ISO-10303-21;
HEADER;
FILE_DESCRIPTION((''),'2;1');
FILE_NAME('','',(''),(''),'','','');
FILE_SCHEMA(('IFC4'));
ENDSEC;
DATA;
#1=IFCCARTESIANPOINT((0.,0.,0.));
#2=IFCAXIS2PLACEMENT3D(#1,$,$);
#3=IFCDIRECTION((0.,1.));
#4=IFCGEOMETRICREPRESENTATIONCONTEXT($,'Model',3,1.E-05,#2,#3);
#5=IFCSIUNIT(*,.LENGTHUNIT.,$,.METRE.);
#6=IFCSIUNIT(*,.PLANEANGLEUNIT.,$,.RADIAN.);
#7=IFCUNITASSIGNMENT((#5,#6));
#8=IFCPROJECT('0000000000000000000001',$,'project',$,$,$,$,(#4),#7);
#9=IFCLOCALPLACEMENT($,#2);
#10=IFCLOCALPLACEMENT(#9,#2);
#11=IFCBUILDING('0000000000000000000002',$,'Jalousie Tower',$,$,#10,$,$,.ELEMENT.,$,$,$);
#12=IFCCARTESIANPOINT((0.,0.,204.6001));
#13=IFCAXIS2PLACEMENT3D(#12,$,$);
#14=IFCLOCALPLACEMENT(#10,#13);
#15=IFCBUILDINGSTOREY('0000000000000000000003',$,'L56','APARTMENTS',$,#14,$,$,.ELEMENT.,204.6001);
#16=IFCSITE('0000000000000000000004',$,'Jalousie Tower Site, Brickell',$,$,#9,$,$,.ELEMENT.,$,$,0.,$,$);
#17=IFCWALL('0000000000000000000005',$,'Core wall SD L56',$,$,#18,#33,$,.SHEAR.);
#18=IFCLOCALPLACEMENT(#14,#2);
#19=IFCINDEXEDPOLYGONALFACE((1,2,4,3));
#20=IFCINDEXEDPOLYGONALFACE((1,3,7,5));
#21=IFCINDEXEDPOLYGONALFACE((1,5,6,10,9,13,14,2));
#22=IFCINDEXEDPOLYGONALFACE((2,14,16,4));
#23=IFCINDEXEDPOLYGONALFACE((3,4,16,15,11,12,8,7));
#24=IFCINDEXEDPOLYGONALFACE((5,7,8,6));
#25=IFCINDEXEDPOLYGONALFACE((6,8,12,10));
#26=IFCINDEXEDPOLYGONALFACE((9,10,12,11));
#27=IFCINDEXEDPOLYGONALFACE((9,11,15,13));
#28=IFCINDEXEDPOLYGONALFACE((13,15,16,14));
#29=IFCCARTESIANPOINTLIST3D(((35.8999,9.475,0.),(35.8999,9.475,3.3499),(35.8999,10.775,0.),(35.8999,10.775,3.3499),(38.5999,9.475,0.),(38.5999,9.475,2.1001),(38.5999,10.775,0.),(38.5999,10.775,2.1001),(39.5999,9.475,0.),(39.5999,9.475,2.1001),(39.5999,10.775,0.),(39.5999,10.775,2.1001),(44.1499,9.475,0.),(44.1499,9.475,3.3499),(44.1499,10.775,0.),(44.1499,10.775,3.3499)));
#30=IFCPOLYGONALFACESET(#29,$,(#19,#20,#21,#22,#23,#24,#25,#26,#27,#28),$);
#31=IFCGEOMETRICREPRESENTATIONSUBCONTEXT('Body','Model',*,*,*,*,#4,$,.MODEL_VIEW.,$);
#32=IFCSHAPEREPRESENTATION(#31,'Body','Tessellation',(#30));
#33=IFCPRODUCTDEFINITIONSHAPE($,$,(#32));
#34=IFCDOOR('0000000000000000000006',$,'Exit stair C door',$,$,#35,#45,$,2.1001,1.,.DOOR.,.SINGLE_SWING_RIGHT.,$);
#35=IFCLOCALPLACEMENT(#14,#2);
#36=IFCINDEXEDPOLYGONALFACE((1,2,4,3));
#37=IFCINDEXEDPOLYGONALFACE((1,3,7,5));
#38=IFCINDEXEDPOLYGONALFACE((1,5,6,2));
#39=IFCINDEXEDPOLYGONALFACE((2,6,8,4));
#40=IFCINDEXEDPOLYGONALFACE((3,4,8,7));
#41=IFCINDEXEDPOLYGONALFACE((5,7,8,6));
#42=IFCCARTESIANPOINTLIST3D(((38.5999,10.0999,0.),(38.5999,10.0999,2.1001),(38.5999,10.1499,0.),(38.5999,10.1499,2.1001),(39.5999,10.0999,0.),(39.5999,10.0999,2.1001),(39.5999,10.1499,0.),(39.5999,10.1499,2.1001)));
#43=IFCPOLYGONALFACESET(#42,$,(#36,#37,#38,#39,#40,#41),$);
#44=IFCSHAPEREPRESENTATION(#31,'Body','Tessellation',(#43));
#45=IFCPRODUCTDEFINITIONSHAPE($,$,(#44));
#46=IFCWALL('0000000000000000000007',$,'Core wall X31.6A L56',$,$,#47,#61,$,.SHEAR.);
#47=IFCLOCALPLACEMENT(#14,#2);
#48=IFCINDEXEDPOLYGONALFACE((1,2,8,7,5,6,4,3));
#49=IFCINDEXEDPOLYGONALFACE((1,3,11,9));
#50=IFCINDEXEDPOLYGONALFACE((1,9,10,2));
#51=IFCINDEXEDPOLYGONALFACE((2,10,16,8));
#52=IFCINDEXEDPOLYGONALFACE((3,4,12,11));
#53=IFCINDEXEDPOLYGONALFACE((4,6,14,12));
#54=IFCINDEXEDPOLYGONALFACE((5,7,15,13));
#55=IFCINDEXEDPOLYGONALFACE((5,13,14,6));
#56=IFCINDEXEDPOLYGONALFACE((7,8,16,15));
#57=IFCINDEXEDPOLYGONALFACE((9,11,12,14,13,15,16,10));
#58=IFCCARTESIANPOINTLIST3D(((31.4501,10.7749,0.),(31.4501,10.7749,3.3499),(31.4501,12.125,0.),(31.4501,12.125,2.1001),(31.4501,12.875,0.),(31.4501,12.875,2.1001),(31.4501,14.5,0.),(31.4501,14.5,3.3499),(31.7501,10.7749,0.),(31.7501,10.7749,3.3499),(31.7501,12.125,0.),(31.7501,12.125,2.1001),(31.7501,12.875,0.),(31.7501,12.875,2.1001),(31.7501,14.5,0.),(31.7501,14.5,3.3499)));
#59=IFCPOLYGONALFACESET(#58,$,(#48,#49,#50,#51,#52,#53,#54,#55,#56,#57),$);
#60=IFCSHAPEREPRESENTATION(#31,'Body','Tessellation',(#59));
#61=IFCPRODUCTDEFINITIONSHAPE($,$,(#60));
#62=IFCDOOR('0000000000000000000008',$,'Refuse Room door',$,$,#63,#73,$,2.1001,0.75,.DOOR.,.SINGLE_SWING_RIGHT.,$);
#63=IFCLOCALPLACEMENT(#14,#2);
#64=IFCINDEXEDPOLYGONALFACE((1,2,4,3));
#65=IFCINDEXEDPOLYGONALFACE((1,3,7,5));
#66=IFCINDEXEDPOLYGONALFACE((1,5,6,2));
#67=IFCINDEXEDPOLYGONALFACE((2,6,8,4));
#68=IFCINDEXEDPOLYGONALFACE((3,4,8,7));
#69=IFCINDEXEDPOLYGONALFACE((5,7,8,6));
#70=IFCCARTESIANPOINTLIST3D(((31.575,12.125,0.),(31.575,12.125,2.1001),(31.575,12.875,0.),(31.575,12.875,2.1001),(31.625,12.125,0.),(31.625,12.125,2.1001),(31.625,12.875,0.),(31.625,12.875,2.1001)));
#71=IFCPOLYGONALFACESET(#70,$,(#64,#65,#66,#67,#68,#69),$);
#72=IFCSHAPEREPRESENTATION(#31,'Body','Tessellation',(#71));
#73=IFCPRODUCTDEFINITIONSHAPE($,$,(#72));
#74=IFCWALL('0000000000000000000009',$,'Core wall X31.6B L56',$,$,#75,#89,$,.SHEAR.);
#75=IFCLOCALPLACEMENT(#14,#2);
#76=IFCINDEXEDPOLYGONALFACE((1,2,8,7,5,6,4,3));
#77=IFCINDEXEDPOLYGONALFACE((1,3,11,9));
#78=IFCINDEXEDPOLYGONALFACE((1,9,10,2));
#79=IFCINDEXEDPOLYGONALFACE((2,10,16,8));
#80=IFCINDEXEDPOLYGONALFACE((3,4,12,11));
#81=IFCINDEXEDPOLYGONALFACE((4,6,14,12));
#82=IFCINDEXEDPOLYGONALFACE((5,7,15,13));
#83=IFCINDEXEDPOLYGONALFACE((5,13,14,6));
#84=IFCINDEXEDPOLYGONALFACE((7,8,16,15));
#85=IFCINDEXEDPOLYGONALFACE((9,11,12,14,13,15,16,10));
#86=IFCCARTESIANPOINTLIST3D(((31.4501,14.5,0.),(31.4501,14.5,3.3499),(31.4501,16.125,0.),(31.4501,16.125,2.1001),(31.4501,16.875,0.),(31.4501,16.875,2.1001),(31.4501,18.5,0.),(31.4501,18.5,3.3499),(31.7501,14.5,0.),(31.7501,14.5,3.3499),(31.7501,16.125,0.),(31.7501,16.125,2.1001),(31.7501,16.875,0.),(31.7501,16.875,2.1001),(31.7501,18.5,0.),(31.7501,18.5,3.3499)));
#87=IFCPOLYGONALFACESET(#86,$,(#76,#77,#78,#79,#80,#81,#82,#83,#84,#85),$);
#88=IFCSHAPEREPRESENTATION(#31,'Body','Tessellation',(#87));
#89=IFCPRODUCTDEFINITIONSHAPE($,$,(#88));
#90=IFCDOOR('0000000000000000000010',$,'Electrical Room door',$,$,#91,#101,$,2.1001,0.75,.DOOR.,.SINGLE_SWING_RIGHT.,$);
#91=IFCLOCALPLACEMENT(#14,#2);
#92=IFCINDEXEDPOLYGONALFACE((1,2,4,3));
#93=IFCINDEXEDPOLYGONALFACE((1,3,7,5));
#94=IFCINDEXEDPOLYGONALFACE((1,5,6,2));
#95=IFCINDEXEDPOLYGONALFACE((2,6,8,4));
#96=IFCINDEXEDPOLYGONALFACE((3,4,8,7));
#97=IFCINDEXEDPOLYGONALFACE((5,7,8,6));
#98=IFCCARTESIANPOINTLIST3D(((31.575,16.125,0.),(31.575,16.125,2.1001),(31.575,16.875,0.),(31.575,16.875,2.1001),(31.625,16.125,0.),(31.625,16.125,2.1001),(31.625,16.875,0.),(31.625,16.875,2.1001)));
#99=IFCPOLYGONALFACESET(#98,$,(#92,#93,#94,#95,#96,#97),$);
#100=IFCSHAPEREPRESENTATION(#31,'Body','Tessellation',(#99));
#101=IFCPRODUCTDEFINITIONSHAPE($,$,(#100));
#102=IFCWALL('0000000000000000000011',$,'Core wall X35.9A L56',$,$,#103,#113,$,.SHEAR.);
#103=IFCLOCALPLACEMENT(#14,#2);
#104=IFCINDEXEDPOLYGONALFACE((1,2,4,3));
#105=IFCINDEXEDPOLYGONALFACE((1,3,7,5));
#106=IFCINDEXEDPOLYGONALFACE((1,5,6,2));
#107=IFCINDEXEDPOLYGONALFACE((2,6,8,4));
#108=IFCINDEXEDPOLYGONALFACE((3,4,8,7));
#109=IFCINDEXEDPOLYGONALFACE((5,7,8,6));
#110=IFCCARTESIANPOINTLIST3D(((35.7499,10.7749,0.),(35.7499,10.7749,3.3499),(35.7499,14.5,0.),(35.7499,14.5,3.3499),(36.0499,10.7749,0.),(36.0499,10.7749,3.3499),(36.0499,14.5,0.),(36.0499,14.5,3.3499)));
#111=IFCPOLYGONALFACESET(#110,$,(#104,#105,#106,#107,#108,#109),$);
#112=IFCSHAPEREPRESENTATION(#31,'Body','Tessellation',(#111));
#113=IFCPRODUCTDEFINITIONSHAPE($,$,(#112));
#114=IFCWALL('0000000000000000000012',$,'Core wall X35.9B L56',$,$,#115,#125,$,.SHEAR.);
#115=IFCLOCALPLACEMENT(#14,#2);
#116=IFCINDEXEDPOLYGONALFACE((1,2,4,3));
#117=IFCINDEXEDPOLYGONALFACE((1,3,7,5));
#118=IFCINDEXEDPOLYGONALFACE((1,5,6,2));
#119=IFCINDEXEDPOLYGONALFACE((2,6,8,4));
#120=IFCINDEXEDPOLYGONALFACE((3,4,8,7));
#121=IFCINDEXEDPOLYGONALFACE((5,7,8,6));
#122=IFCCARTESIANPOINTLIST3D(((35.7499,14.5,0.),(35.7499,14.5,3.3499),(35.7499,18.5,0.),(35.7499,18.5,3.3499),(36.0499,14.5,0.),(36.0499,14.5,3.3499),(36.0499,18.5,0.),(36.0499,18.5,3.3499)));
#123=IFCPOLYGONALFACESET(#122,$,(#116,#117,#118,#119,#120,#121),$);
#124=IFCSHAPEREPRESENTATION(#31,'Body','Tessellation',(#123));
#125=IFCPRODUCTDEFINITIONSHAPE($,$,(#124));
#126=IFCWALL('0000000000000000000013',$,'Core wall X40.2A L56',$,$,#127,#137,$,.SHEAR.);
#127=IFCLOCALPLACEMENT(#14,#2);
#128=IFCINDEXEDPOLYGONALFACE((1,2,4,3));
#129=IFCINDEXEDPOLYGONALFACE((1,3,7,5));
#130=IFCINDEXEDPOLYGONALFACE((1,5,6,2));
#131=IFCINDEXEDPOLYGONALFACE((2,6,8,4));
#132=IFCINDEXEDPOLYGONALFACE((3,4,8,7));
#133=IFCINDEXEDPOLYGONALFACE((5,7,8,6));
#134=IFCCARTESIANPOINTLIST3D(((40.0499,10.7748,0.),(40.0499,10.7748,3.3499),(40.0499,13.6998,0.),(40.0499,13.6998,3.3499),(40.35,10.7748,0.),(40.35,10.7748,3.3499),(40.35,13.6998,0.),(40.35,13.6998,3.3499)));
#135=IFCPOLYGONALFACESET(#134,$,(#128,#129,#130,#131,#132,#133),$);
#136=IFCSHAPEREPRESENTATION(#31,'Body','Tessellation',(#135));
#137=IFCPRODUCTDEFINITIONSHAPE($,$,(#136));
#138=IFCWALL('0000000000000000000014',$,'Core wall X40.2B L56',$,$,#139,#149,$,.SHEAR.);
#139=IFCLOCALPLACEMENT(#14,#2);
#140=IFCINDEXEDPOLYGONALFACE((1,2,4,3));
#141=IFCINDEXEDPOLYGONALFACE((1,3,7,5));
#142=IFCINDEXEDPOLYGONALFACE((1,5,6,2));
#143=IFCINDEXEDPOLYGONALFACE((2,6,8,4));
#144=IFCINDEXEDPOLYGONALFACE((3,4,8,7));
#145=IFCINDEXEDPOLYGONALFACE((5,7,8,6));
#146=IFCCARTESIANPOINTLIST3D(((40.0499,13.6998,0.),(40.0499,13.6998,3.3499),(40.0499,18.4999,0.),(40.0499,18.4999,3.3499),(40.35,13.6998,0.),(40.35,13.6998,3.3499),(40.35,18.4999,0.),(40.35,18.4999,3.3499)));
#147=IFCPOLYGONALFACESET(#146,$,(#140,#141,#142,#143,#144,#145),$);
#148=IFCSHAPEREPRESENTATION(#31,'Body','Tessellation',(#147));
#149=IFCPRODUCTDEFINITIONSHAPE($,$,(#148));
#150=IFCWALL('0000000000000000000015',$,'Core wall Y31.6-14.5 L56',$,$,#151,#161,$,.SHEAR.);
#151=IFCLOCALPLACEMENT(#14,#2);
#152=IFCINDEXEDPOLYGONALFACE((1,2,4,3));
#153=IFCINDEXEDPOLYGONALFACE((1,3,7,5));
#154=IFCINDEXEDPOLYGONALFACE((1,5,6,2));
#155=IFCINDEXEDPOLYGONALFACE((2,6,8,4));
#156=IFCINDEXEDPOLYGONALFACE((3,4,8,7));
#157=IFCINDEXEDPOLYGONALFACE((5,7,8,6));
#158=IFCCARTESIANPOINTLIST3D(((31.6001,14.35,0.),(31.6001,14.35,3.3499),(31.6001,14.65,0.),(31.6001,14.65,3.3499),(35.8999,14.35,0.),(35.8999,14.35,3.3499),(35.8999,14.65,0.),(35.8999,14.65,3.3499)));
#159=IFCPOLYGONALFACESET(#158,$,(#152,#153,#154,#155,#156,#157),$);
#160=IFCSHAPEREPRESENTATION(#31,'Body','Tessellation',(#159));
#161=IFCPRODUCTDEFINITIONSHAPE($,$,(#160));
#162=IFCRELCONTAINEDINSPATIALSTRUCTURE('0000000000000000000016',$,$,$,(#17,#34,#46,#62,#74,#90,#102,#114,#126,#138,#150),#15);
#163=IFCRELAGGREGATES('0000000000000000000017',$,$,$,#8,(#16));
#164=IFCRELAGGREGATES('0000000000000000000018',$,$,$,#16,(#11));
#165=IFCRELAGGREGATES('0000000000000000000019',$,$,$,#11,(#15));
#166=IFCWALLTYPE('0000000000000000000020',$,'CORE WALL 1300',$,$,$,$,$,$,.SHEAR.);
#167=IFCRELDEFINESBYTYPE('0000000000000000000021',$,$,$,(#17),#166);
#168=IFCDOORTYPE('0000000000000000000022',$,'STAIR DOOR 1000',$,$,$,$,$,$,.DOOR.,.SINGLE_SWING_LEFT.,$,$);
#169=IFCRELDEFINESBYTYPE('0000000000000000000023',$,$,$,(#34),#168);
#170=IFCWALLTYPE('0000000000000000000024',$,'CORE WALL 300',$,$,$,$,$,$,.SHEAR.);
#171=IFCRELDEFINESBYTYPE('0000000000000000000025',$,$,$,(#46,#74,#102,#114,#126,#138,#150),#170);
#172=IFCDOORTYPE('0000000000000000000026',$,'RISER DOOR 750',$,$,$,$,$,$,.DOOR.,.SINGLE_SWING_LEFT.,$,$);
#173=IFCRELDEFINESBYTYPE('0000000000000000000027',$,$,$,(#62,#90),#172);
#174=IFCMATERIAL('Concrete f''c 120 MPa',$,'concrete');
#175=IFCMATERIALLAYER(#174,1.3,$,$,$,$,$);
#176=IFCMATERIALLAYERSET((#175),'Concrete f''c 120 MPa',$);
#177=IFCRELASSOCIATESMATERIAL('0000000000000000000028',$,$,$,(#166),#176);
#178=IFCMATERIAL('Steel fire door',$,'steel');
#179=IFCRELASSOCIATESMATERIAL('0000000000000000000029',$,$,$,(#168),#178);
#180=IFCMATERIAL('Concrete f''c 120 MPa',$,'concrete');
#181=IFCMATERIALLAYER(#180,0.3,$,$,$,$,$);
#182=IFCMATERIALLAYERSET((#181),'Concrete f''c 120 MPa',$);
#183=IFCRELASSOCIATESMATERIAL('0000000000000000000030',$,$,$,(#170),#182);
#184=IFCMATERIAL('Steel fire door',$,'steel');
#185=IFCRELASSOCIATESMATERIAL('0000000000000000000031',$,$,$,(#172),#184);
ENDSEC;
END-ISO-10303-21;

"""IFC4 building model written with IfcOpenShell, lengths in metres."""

from ifc_helpers import new_model, si_unit, direction, frame, frame_2d, origin, place, context, subcontext, project, spatial, rectangle, extrude, material, layer, layer_set, type_object, element, fill, save


model = new_model("IFC4")

# Units and contexts
model_context = context("Model", 3, precision=1e-05, world=origin(), true_north=direction((0.0, 1.0)))
body_context = subcontext(model_context, "Body", "Model", "MODEL_VIEW")
ifc_project = project(units=[si_unit("LENGTHUNIT", "METRE"), si_unit("PLANEANGLEUNIT", "RADIAN")], contexts=[model_context])

# Site, building, storey
site_placement = place(None, origin())
site = spatial("IfcSite", under=ifc_project, at=site_placement, Name="Jalousie Tower Site, Brickell", CompositionType="ELEMENT", RefElevation=0.0)
building_placement = place(site_placement, origin())
building = spatial("IfcBuilding", under=site, at=building_placement, Name="Jalousie Tower", CompositionType="ELEMENT")
storey_placement = place(building_placement, frame((0.0, 0.0, 204.6001)))
storey = spatial("IfcBuildingStorey", under=building, at=storey_placement, Name="L56", Description="APARTMENTS", CompositionType="ELEMENT", Elevation=204.6001)

# Shared definitions
ifc_material_1 = material(Name="Concrete f'c 120 MPa", Category="concrete")
ifc_layer_1 = layer(ifc_material_1, 1.3)
ifc_layer_set_1 = layer_set([ifc_layer_1], Name="Concrete f'c 120 MPa")
wall_type_1 = type_object("IfcWallType", Name="CORE WALL 1300", PredefinedType="SHEAR", material=ifc_layer_set_1)

# Walls, openings, doors
wall_1_placement = place(storey_placement, frame((35.8999, 10.125, 0.0), z_axis=(0.0, 0.0, 1.0), x_axis=(1.0, 0.0, 0.0)))
wall_1 = element("IfcWall", 1, at=wall_1_placement, inside=storey, type_object=wall_type_1, Name="Core wall SD L56", PredefinedType="SHEAR", context=body_context, shape_type="SweptSolid", body=[
    extrude(rectangle(XDim=8.25, YDim=1.3, at=frame_2d((4.125, 0.0))), origin(), (0.0, 0.0, 1.0), 3.3499),
])
opening_1_placement = place(wall_1_placement, frame((2.7, 0.0, 0.0)))
opening_1 = element("IfcOpeningElement", 2, at=opening_1_placement, cuts=wall_1, PredefinedType="OPENING", context=body_context, shape_type="SweptSolid", body=[
    extrude(rectangle(XDim=1.0, YDim=2.1001, at=frame_2d((0.5, 1.05))), frame((0.0, 0.6599, 0.0), z_axis=(0.0, -1.0, 0.0), x_axis=(1.0, 0.0, 0.0)), (0.0, 0.0, 1.0), 1.3201),
])
ifc_material_2 = material(Name="Steel fire door", Category="steel")
door_type_1 = type_object("IfcDoorType", Name="STAIR DOOR 1000", OperationType="SINGLE_SWING_LEFT", PredefinedType="DOOR", material=ifc_material_2)
door_1_placement = place(opening_1_placement, origin())
door_1 = element("IfcDoor", 3, at=door_1_placement, inside=storey, type_object=door_type_1, Name="Exit stair C door", OperationType="SINGLE_SWING_RIGHT", OverallHeight=2.1001, OverallWidth=1.0, PredefinedType="DOOR", context=body_context, shape_type="SweptSolid", body=[
    extrude(rectangle(XDim=1.0, YDim=2.1001, at=frame_2d((0.5, 1.05))), frame((0.0, 0.0249, 0.0), z_axis=(0.0, -1.0, 0.0), x_axis=(1.0, 0.0, 0.0)), (0.0, 0.0, 1.0), 0.05),
])
fill(opening_1, door_1)
ifc_material_3 = material(Name="Concrete f'c 120 MPa", Category="concrete")
ifc_layer_2 = layer(ifc_material_3, 0.3)
ifc_layer_set_2 = layer_set([ifc_layer_2], Name="Concrete f'c 120 MPa")
wall_type_2 = type_object("IfcWallType", Name="CORE WALL 300", PredefinedType="SHEAR", material=ifc_layer_set_2)
wall_2_placement = place(storey_placement, frame((31.6001, 10.7749, 0.0), z_axis=(0.0, 0.0, 1.0), x_axis=(0.0, 1.0, 0.0)))
wall_2 = element("IfcWall", 4, at=wall_2_placement, inside=storey, type_object=wall_type_2, Name="Core wall X31.6A L56", PredefinedType="SHEAR", context=body_context, shape_type="SweptSolid", body=[
    extrude(rectangle(XDim=3.7251, YDim=0.3, at=frame_2d((1.8625, 0.0))), origin(), (0.0, 0.0, 1.0), 3.3499),
])
opening_2_placement = place(wall_2_placement, frame((1.3501, 0.0, 0.0)))
opening_2 = element("IfcOpeningElement", 5, at=opening_2_placement, cuts=wall_2, PredefinedType="OPENING", context=body_context, shape_type="SweptSolid", body=[
    extrude(rectangle(XDim=0.75, YDim=2.1001, at=frame_2d((0.375, 1.05))), frame((0.0, 0.1599, 0.0), z_axis=(0.0, -1.0, 0.0), x_axis=(1.0, 0.0, 0.0)), (0.0, 0.0, 1.0), 0.3201),
])
ifc_material_4 = material(Name="Steel fire door", Category="steel")
door_type_2 = type_object("IfcDoorType", Name="RISER DOOR 750", OperationType="SINGLE_SWING_LEFT", PredefinedType="DOOR", material=ifc_material_4)
door_2_placement = place(opening_2_placement, frame((0.75, 0.0, 0.0), z_axis=(0.0, 0.0, 1.0), x_axis=(-1.0, 0.0, 0.0)))
door_2 = element("IfcDoor", 6, at=door_2_placement, inside=storey, type_object=door_type_2, Name="Refuse Room door", OperationType="SINGLE_SWING_RIGHT", OverallHeight=2.1001, OverallWidth=0.75, PredefinedType="DOOR", context=body_context, shape_type="SweptSolid", body=[
    extrude(rectangle(XDim=0.75, YDim=2.1001, at=frame_2d((0.375, 1.05))), frame((0.0, 0.0249, 0.0), z_axis=(0.0, -1.0, 0.0), x_axis=(1.0, 0.0, 0.0)), (0.0, 0.0, 1.0), 0.05),
])
fill(opening_2, door_2)
wall_3_placement = place(storey_placement, frame((31.6001, 14.5, 0.0), z_axis=(0.0, 0.0, 1.0), x_axis=(0.0, 1.0, 0.0)))
wall_3 = element("IfcWall", 7, at=wall_3_placement, inside=storey, type_object=wall_type_2, Name="Core wall X31.6B L56", PredefinedType="SHEAR", context=body_context, shape_type="SweptSolid", body=[
    extrude(rectangle(XDim=4.0, YDim=0.3, at=frame_2d((2.0, 0.0))), origin(), (0.0, 0.0, 1.0), 3.3499),
])
opening_3_placement = place(wall_3_placement, frame((1.625, 0.0, 0.0)))
opening_3 = element("IfcOpeningElement", 8, at=opening_3_placement, cuts=wall_3, PredefinedType="OPENING", context=body_context, shape_type="SweptSolid", body=[
    extrude(rectangle(XDim=0.75, YDim=2.1001, at=frame_2d((0.375, 1.05))), frame((0.0, 0.1599, 0.0), z_axis=(0.0, -1.0, 0.0), x_axis=(1.0, 0.0, 0.0)), (0.0, 0.0, 1.0), 0.3201),
])
door_3_placement = place(opening_3_placement, frame((0.75, 0.0, 0.0), z_axis=(0.0, 0.0, 1.0), x_axis=(-1.0, 0.0, 0.0)))
door_3 = element("IfcDoor", 9, at=door_3_placement, inside=storey, type_object=door_type_2, Name="Electrical Room door", OperationType="SINGLE_SWING_RIGHT", OverallHeight=2.1001, OverallWidth=0.75, PredefinedType="DOOR", context=body_context, shape_type="SweptSolid", body=[
    extrude(rectangle(XDim=0.75, YDim=2.1001, at=frame_2d((0.375, 1.05))), frame((0.0, 0.0249, 0.0), z_axis=(0.0, -1.0, 0.0), x_axis=(1.0, 0.0, 0.0)), (0.0, 0.0, 1.0), 0.05),
])
fill(opening_3, door_3)

# Walls
wall_4_placement = place(storey_placement, frame((35.8999, 10.7749, 0.0), z_axis=(0.0, 0.0, 1.0), x_axis=(0.0, 1.0, 0.0)))
element("IfcWall", 10, at=wall_4_placement, inside=storey, type_object=wall_type_2, Name="Core wall X35.9A L56", PredefinedType="SHEAR", context=body_context, shape_type="SweptSolid", body=[
    extrude(rectangle(XDim=3.7251, YDim=0.3, at=frame_2d((1.8625, 0.0))), origin(), (0.0, 0.0, 1.0), 3.3499),
])
wall_5_placement = place(storey_placement, frame((35.8999, 14.5, 0.0), z_axis=(0.0, 0.0, 1.0), x_axis=(0.0, 1.0, 0.0)))
element("IfcWall", 11, at=wall_5_placement, inside=storey, type_object=wall_type_2, Name="Core wall X35.9B L56", PredefinedType="SHEAR", context=body_context, shape_type="SweptSolid", body=[
    extrude(rectangle(XDim=4.0, YDim=0.3, at=frame_2d((2.0, 0.0))), origin(), (0.0, 0.0, 1.0), 3.3499),
])
wall_6_placement = place(storey_placement, frame((40.2, 10.7749, 0.0), z_axis=(0.0, 0.0, 1.0), x_axis=(0.0, 1.0, 0.0)))
element("IfcWall", 12, at=wall_6_placement, inside=storey, type_object=wall_type_2, Name="Core wall X40.2A L56", PredefinedType="SHEAR", context=body_context, shape_type="SweptSolid", body=[
    extrude(rectangle(XDim=2.925, YDim=0.3, at=frame_2d((1.4624, 0.0))), origin(), (0.0, 0.0, 1.0), 3.3499),
])
wall_7_placement = place(storey_placement, frame((40.2, 13.7, 0.0), z_axis=(0.0, 0.0, 1.0), x_axis=(0.0, 1.0, 0.0)))
element("IfcWall", 13, at=wall_7_placement, inside=storey, type_object=wall_type_2, Name="Core wall X40.2B L56", PredefinedType="SHEAR", context=body_context, shape_type="SweptSolid", body=[
    extrude(rectangle(XDim=4.8, YDim=0.3, at=frame_2d((2.3999, 0.0))), origin(), (0.0, 0.0, 1.0), 3.3499),
])
wall_8_placement = place(storey_placement, frame((31.6001, 14.5, 0.0), z_axis=(0.0, 0.0, 1.0), x_axis=(1.0, 0.0, 0.0)))
element("IfcWall", 14, at=wall_8_placement, inside=storey, type_object=wall_type_2, Name="Core wall Y31.6-14.5 L56", PredefinedType="SHEAR", context=body_context, shape_type="SweptSolid", body=[
    extrude(rectangle(XDim=4.2998, YDim=0.3, at=frame_2d((2.1499, 0.0))), origin(), (0.0, 0.0, 1.0), 3.3499),
])

save(model, "model.ifc")
